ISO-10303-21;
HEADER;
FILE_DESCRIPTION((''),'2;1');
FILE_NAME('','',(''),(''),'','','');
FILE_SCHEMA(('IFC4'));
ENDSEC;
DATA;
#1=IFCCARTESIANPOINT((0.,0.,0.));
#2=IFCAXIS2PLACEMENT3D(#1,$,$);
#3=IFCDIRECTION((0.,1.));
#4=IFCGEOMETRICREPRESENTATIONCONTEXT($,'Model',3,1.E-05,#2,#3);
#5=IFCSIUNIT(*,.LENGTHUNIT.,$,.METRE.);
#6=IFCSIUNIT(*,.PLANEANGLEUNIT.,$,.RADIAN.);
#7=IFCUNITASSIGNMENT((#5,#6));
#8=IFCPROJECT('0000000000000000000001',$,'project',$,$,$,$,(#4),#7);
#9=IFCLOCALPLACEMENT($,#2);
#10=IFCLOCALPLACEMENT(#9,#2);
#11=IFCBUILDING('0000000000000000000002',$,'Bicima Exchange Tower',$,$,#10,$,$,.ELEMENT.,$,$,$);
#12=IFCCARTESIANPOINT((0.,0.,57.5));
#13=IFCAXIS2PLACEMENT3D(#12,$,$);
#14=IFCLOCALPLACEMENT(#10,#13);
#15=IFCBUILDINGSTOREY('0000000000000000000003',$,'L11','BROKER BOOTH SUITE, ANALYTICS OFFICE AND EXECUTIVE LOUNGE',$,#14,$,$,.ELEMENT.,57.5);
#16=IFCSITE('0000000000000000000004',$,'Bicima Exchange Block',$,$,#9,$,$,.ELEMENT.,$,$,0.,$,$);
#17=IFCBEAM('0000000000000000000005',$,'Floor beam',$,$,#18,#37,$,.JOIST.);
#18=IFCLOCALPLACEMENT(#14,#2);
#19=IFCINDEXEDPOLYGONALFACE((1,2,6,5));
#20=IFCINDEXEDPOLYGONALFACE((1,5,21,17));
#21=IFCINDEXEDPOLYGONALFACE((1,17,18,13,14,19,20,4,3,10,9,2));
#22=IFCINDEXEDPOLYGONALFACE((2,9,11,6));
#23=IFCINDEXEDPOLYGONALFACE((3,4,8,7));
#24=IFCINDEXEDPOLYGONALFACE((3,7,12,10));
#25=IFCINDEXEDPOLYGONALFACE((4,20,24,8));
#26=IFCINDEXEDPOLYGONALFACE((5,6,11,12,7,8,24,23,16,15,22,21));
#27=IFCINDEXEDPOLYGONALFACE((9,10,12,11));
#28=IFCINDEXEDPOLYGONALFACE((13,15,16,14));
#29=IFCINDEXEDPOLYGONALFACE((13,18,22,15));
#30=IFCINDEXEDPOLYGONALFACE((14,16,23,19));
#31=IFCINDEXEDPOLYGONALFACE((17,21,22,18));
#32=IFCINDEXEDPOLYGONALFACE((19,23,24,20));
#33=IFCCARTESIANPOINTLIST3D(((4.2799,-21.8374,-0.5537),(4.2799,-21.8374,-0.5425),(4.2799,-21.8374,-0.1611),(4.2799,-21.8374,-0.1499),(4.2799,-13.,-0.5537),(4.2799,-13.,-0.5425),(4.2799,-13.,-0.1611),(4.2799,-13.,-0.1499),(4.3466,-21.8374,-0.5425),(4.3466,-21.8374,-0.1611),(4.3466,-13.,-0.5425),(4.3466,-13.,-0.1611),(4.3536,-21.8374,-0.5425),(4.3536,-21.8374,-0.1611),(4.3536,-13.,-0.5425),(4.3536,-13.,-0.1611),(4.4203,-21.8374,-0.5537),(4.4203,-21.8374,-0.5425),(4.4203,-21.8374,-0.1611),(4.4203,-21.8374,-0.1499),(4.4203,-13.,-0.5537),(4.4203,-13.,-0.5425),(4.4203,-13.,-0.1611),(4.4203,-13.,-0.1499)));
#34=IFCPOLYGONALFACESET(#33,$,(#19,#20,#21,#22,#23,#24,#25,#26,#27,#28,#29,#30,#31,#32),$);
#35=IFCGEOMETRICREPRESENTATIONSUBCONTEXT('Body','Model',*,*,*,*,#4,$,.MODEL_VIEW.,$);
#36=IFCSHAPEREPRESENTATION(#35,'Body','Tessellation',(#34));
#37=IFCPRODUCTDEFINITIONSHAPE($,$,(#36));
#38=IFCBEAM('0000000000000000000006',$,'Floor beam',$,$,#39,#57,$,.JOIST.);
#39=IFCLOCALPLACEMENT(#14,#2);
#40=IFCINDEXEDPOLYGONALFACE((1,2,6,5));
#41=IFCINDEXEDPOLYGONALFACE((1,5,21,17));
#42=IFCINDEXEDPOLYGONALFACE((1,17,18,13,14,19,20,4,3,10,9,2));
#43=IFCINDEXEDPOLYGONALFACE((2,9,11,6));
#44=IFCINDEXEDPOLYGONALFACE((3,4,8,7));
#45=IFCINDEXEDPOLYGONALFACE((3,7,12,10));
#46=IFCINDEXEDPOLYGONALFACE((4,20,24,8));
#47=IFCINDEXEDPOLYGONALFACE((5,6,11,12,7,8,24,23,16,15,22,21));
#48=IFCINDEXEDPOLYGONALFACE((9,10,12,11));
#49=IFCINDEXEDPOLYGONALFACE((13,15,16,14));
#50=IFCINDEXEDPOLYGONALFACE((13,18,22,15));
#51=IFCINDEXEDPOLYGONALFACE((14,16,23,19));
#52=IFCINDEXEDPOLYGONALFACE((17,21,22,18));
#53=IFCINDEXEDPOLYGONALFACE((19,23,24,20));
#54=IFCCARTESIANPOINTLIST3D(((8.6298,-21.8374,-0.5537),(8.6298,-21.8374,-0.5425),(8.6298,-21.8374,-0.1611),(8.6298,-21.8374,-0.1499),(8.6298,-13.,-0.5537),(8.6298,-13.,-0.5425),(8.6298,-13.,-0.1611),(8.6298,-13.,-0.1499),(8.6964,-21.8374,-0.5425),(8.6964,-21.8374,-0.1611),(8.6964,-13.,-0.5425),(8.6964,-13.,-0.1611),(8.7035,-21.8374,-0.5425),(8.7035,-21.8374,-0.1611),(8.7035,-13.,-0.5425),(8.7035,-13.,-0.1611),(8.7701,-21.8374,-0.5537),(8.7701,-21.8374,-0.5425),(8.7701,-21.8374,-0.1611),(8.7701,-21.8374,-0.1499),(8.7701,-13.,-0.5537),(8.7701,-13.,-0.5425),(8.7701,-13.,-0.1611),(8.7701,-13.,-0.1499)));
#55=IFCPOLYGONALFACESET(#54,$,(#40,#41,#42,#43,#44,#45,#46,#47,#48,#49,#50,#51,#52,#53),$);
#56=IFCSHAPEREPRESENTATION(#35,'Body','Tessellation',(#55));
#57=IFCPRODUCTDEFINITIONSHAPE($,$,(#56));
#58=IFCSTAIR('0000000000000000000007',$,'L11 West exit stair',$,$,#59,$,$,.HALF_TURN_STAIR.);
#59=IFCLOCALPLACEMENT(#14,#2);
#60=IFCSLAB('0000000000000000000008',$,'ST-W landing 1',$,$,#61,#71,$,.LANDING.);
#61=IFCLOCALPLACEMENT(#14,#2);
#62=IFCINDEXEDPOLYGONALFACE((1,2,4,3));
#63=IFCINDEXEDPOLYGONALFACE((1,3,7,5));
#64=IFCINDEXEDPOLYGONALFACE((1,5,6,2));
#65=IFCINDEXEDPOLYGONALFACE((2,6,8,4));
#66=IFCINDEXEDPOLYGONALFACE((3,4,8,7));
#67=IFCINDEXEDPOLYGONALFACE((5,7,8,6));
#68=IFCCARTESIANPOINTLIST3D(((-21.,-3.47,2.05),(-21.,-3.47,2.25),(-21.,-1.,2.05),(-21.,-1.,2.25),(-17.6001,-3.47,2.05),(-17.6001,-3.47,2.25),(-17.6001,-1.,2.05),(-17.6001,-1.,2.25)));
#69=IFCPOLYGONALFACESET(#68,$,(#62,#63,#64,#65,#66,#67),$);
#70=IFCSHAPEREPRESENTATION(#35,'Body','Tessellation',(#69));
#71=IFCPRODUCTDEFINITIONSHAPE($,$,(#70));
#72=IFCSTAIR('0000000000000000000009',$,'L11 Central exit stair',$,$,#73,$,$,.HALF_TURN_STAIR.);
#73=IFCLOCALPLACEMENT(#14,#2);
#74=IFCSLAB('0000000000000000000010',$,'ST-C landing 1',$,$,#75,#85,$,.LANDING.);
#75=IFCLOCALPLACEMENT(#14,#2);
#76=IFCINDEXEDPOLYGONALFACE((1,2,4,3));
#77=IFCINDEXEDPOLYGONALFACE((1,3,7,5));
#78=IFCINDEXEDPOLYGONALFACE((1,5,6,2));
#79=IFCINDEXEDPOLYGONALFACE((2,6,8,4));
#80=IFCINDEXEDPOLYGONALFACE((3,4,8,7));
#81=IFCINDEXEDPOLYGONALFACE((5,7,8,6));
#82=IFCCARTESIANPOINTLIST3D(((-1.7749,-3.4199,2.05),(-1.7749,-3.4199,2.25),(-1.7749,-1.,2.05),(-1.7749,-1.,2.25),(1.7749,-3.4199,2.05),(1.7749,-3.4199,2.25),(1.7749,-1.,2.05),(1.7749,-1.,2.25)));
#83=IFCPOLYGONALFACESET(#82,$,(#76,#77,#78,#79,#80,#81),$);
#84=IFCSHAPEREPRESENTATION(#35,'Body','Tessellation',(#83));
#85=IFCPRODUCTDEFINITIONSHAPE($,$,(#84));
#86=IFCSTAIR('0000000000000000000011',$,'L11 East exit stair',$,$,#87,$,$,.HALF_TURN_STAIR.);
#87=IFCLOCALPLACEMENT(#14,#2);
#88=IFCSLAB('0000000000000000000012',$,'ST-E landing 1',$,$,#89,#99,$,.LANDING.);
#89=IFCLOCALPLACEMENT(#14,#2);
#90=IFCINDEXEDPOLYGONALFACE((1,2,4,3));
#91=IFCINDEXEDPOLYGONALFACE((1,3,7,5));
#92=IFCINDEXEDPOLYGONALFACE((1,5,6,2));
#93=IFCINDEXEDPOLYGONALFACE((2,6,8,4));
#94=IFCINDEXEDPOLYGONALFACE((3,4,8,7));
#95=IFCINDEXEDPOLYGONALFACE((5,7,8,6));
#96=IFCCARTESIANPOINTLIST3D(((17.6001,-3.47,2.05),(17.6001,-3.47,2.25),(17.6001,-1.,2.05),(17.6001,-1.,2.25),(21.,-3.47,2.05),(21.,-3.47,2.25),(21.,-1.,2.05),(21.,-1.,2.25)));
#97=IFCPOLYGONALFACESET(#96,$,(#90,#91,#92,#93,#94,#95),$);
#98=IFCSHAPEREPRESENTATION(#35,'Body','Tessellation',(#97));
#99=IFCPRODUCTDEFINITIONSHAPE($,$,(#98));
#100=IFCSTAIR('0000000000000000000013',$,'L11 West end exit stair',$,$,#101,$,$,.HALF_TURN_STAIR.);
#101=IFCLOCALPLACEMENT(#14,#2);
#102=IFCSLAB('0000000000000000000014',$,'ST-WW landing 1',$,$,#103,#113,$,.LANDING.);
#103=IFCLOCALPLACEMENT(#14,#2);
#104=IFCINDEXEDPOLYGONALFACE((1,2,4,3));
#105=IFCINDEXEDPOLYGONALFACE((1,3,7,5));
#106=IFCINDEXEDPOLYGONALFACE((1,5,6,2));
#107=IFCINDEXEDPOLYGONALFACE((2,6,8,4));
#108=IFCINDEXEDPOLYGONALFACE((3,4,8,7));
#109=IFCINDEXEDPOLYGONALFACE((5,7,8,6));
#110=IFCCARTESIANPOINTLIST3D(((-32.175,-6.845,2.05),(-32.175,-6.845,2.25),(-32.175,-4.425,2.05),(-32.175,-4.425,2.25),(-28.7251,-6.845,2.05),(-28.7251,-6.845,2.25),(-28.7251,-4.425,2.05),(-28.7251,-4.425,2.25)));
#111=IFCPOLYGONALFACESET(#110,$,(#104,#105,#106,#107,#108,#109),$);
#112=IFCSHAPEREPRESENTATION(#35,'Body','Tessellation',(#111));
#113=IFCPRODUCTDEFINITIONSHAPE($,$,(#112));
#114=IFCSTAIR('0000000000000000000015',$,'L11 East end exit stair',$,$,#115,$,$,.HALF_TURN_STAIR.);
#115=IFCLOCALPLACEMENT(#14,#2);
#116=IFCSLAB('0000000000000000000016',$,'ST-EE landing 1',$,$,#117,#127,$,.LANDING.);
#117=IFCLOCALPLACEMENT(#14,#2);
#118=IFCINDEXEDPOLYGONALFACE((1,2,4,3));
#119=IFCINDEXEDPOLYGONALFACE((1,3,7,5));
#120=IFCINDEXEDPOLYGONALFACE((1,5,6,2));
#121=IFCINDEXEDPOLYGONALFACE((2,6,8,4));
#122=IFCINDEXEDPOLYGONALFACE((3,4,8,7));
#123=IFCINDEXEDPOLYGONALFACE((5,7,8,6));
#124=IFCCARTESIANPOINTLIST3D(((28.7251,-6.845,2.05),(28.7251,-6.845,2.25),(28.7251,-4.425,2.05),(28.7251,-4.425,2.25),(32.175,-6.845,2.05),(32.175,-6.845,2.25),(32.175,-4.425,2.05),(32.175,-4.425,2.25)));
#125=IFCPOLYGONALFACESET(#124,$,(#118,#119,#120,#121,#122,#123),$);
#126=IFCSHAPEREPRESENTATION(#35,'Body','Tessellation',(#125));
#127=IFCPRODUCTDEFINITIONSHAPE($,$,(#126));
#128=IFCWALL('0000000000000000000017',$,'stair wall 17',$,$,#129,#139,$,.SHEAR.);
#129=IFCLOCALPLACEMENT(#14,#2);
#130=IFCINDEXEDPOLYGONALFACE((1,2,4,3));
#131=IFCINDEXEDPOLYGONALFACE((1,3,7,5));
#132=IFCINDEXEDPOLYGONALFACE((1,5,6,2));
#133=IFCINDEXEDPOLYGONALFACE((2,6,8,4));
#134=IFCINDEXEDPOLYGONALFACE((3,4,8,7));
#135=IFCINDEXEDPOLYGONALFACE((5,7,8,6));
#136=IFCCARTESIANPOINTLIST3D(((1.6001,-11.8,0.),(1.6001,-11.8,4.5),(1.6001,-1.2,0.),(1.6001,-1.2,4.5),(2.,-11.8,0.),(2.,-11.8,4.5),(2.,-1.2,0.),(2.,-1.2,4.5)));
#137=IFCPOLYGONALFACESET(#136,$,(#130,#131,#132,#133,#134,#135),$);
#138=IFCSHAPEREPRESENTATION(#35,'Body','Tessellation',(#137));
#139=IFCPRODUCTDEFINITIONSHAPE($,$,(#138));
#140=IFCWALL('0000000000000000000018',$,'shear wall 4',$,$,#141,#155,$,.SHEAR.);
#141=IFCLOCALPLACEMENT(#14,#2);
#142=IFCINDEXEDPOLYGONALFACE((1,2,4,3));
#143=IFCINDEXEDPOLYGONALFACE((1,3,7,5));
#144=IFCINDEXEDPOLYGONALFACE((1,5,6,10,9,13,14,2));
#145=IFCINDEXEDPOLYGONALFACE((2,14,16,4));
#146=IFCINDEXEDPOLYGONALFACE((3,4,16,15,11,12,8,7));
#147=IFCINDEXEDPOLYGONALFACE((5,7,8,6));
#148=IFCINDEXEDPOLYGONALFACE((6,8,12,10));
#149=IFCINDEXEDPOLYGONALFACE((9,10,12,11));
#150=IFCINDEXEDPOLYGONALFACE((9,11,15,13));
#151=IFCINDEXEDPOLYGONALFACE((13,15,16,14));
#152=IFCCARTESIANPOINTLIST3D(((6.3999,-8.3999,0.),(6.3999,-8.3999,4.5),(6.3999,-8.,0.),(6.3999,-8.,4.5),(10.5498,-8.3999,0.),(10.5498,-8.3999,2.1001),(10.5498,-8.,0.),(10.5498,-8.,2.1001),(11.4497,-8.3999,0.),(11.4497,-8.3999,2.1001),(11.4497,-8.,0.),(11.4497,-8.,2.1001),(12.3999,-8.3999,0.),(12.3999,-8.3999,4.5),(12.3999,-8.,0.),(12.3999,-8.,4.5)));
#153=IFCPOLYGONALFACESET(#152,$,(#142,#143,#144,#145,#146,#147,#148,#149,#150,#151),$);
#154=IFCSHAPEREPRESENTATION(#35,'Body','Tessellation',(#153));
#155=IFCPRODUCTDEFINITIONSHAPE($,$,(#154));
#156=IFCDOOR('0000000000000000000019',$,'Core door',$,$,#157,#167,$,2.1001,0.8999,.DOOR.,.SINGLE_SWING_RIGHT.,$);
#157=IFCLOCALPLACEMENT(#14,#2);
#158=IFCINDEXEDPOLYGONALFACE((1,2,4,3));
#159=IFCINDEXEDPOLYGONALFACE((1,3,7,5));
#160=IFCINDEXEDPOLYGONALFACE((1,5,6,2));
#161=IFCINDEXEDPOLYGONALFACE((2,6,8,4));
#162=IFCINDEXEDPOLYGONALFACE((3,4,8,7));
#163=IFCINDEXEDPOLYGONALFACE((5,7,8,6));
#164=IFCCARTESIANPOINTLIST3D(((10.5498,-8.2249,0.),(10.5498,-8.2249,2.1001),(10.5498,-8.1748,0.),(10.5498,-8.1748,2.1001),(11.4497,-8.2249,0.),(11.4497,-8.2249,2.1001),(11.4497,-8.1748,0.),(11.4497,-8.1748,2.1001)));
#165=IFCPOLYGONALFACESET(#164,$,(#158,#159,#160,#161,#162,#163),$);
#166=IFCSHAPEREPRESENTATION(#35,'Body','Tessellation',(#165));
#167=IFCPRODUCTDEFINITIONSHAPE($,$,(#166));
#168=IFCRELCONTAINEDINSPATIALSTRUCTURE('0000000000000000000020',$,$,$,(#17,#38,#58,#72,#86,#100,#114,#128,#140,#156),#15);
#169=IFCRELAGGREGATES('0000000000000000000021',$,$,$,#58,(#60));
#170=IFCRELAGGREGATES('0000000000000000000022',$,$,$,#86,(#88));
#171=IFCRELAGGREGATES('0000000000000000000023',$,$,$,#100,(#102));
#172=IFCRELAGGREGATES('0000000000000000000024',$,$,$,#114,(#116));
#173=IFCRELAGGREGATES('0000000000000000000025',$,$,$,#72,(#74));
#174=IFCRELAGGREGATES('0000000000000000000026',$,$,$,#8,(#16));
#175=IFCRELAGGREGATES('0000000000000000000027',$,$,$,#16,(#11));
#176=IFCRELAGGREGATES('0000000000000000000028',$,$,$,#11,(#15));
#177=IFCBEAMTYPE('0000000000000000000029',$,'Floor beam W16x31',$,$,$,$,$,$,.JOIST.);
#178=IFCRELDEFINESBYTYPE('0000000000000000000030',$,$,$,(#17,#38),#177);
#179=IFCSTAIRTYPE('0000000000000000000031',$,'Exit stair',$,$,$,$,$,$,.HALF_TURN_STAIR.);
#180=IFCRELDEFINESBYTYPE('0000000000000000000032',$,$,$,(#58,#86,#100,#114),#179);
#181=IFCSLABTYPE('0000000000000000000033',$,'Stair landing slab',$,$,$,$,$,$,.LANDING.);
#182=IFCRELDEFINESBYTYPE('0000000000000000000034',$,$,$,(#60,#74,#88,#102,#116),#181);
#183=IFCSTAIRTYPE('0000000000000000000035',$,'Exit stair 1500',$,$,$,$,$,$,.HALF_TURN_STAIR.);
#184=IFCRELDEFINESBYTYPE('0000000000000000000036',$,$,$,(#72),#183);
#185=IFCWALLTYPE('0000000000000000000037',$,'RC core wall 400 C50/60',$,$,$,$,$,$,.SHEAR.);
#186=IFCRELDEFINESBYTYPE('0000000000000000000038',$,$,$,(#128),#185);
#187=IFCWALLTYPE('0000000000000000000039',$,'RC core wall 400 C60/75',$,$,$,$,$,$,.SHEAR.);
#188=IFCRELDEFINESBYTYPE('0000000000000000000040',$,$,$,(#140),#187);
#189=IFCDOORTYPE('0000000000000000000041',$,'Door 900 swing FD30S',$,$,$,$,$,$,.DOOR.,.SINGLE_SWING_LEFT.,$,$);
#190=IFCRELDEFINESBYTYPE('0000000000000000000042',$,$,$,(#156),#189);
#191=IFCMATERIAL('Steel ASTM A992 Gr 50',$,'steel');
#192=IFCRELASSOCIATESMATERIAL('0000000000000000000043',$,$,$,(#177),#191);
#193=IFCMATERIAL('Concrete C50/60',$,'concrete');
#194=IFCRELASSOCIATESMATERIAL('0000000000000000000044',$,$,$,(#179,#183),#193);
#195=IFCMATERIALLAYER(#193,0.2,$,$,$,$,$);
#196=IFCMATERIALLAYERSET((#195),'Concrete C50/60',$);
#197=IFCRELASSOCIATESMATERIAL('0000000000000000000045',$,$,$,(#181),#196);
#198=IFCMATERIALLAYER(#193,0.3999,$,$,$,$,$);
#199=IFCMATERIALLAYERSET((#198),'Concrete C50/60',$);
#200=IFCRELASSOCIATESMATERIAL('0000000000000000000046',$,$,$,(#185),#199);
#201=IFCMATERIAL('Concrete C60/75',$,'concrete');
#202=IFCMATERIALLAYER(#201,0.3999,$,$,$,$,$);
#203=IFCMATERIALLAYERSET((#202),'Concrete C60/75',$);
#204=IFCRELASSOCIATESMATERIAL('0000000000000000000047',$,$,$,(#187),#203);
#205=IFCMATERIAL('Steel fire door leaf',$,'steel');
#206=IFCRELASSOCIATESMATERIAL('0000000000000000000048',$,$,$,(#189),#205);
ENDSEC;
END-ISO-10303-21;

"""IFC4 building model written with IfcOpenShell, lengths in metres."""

from ifc_helpers import new_model, si_unit, direction, frame, frame_2d, origin, origin_2d, place, context, subcontext, project, spatial, polyline, rectangle, i_section, outline, extrude, material, layer, layer_set, material_profile, profile_set, type_object, element, fill, aggregate, save


model = new_model("IFC4")

# Units and contexts
model_context = context("Model", 3, precision=1e-05, world=origin(), true_north=direction((0.0, 1.0)))
body_context = subcontext(model_context, "Body", "Model", "MODEL_VIEW")
ifc_project = project(units=[si_unit("LENGTHUNIT", "METRE"), si_unit("PLANEANGLEUNIT", "RADIAN")], contexts=[model_context])

# Site, building, storey
site_placement = place(None, origin())
site = spatial("IfcSite", under=ifc_project, at=site_placement, Name="Bicima Exchange Block", CompositionType="ELEMENT", RefElevation=0.0)
building_placement = place(site_placement, origin())
building = spatial("IfcBuilding", under=site, at=building_placement, Name="Bicima Exchange Tower", CompositionType="ELEMENT")
storey_placement = place(building_placement, frame((0.0, 0.0, 57.5)))
storey = spatial("IfcBuildingStorey", under=building, at=storey_placement, Name="L11", Description="BROKER BOOTH SUITE, ANALYTICS OFFICE AND EXECUTIVE LOUNGE", CompositionType="ELEMENT", Elevation=57.5)

# Beams
ifc_material_1 = material(Name="Steel ASTM A992 Gr 50", Category="steel")
ifc_material_profile = material_profile(ifc_material_1, i_section(OverallWidth=0.1404, OverallDepth=0.4038, WebThickness=0.0071, FlangeThickness=0.0112, at=origin_2d()))
ifc_profile_set = profile_set([ifc_material_profile], Name="Steel ASTM A992 Gr 50")
beam_type = type_object("IfcBeamType", Name="Floor beam W16x31", PredefinedType="JOIST", material=ifc_profile_set)
for number, where, z_axis, x_axis, name in (
    (1, (4.3501, -13.0, -0.3518), (0.0, -1.0, 0.0), (1.0, 0.0, 0.0), "Floor beam"),
    (2, (8.7, -13.0, -0.3518), (0.0, -1.0, 0.0), (1.0, 0.0, 0.0), "Floor beam"),
):
    element("IfcBeam", number, at=place(storey_placement, frame(where, z_axis=z_axis, x_axis=x_axis)), inside=storey, type_object=beam_type, Name=name, PredefinedType="JOIST", context=body_context, shape_type="SweptSolid", body=[
        extrude(i_section(OverallWidth=0.1404, OverallDepth=0.4038, WebThickness=0.0071, FlangeThickness=0.0112, at=origin_2d()), origin(), (0.0, 0.0, 1.0), 8.8374),
    ])

# Stairs, slabs
ifc_material_2 = material(Name="Concrete C50/60", Category="concrete")
stair_type_1 = type_object("IfcStairType", Name="Exit stair", PredefinedType="HALF_TURN_STAIR", material=ifc_material_2)
stair_1_placement = place(storey_placement, origin())
stair_1 = element("IfcStair", 3, at=stair_1_placement, inside=storey, type_object=stair_type_1, Name="L11 West exit stair", PredefinedType="HALF_TURN_STAIR")
ifc_layer_1 = layer(ifc_material_2, 0.2)
ifc_layer_set_1 = layer_set([ifc_layer_1], Name="Concrete C50/60")
slab_type = type_object("IfcSlabType", Name="Stair landing slab", PredefinedType="LANDING", material=ifc_layer_set_1)
slab_1_placement = place(storey_placement, frame((0.0, 0.0, 2.05)))
slab_1 = element("IfcSlab", 4, at=slab_1_placement, type_object=slab_type, Name="ST-W landing 1", PredefinedType="LANDING", context=body_context, shape_type="SweptSolid", body=[
    extrude(outline(polyline([(-17.6001, -3.47), (-17.6001, -1.0), (-21.0, -1.0), (-21.0, -3.47), (-17.6001, -3.47)])), origin(), (0.0, 0.0, 1.0), 0.2),
])
aggregate(stair_1, [slab_1])
stair_type_2 = type_object("IfcStairType", Name="Exit stair 1500", PredefinedType="HALF_TURN_STAIR", material=ifc_material_2)
stair_2_placement = place(storey_placement, origin())
stair_2 = element("IfcStair", 5, at=stair_2_placement, inside=storey, type_object=stair_type_2, Name="L11 Central exit stair", PredefinedType="HALF_TURN_STAIR")
slab_2_placement = place(storey_placement, frame((0.0, 0.0, 2.05)))
slab_2 = element("IfcSlab", 6, at=slab_2_placement, type_object=slab_type, Name="ST-C landing 1", PredefinedType="LANDING", context=body_context, shape_type="SweptSolid", body=[
    extrude(outline(polyline([(1.7749, -3.4199), (1.7749, -1.0), (-1.7749, -1.0), (-1.7749, -3.4199), (1.7749, -3.4199)])), origin(), (0.0, 0.0, 1.0), 0.2),
])
stair_3_placement = place(storey_placement, origin())
stair_3 = element("IfcStair", 7, at=stair_3_placement, inside=storey, type_object=stair_type_1, Name="L11 East exit stair", PredefinedType="HALF_TURN_STAIR")
slab_3_placement = place(storey_placement, frame((0.0, 0.0, 2.05)))
slab_3 = element("IfcSlab", 8, at=slab_3_placement, type_object=slab_type, Name="ST-E landing 1", PredefinedType="LANDING", context=body_context, shape_type="SweptSolid", body=[
    extrude(outline(polyline([(21.0, -3.47), (21.0, -1.0), (17.6001, -1.0), (17.6001, -3.47), (21.0, -3.47)])), origin(), (0.0, 0.0, 1.0), 0.2),
])
aggregate(stair_3, [slab_3])
stair_4_placement = place(storey_placement, origin())
stair_4 = element("IfcStair", 9, at=stair_4_placement, inside=storey, type_object=stair_type_1, Name="L11 West end exit stair", PredefinedType="HALF_TURN_STAIR")
slab_4_placement = place(storey_placement, frame((0.0, 0.0, 2.05)))
slab_4 = element("IfcSlab", 10, at=slab_4_placement, type_object=slab_type, Name="ST-WW landing 1", PredefinedType="LANDING", context=body_context, shape_type="SweptSolid", body=[
    extrude(outline(polyline([(-28.7251, -6.845), (-28.7251, -4.425), (-32.175, -4.425), (-32.175, -6.845), (-28.7251, -6.845)])), origin(), (0.0, 0.0, 1.0), 0.2),
])
aggregate(stair_4, [slab_4])
stair_5_placement = place(storey_placement, origin())
stair_5 = element("IfcStair", 11, at=stair_5_placement, inside=storey, type_object=stair_type_1, Name="L11 East end exit stair", PredefinedType="HALF_TURN_STAIR")
slab_5_placement = place(storey_placement, frame((0.0, 0.0, 2.05)))
slab_5 = element("IfcSlab", 12, at=slab_5_placement, type_object=slab_type, Name="ST-EE landing 1", PredefinedType="LANDING", context=body_context, shape_type="SweptSolid", body=[
    extrude(outline(polyline([(32.175, -6.845), (32.175, -4.425), (28.7251, -4.425), (28.7251, -6.845), (32.175, -6.845)])), origin(), (0.0, 0.0, 1.0), 0.2),
])
aggregate(stair_5, [slab_5])

# Wall
ifc_layer_2 = layer(ifc_material_2, 0.3999)
ifc_layer_set_2 = layer_set([ifc_layer_2], Name="Concrete C50/60")
wall_type_1 = type_object("IfcWallType", Name="RC core wall 400 C50/60", PredefinedType="SHEAR", material=ifc_layer_set_2)
wall_1_placement = place(storey_placement, frame((1.8, -11.8, 0.0), z_axis=(0.0, 0.0, 1.0), x_axis=(0.0, 1.0, 0.0)))
element("IfcWall", 13, at=wall_1_placement, inside=storey, type_object=wall_type_1, Name="stair wall 17", PredefinedType="SHEAR", context=body_context, shape_type="SweptSolid", body=[
    extrude(rectangle(XDim=10.6001, YDim=0.3999, at=frame_2d((5.3, 0.0))), origin(), (0.0, 0.0, 1.0), 4.5),
])

# Wall, opening, door
ifc_material_3 = material(Name="Concrete C60/75", Category="concrete")
ifc_layer_3 = layer(ifc_material_3, 0.3999)
ifc_layer_set_3 = layer_set([ifc_layer_3], Name="Concrete C60/75")
wall_type_2 = type_object("IfcWallType", Name="RC core wall 400 C60/75", PredefinedType="SHEAR", material=ifc_layer_set_3)
wall_2_placement = place(storey_placement, frame((6.3999, -8.2, 0.0), z_axis=(0.0, 0.0, 1.0), x_axis=(1.0, 0.0, 0.0)))
wall_2 = element("IfcWall", 14, at=wall_2_placement, inside=storey, type_object=wall_type_2, Name="shear wall 4", PredefinedType="SHEAR", context=body_context, shape_type="SweptSolid", body=[
    extrude(rectangle(XDim=6.0, YDim=0.3999, at=frame_2d((3.0, 0.0))), origin(), (0.0, 0.0, 1.0), 4.5),
])
opening_1_placement = place(wall_2_placement, frame((4.1499, 0.0, 0.0)))
opening_1 = element("IfcOpeningElement", 15, at=opening_1_placement, cuts=wall_2, PredefinedType="OPENING", context=body_context, shape_type="SweptSolid", body=[
    extrude(rectangle(XDim=0.8999, YDim=2.1001, at=frame_2d((0.45, 1.05))), frame((0.0, 0.2119, 0.0), z_axis=(0.0, -1.0, 0.0), x_axis=(1.0, 0.0, 0.0)), (0.0, 0.0, 1.0), 0.4238),
])
ifc_material_4 = material(Name="Steel fire door leaf", Category="steel")
door_type_1 = type_object("IfcDoorType", Name="Door 900 swing FD30S", OperationType="SINGLE_SWING_LEFT", PredefinedType="DOOR", material=ifc_material_4)
door_1_placement = place(opening_1_placement, frame((0.8999, 0.0, 0.0), z_axis=(0.0, 0.0, 1.0), x_axis=(-1.0, 0.0, 0.0)))
door_1 = element("IfcDoor", 16, at=door_1_placement, inside=storey, type_object=door_type_1, Name="Core door", OperationType="SINGLE_SWING_RIGHT", OverallHeight=2.1001, OverallWidth=0.8999, PredefinedType="DOOR", context=body_context, shape_type="SweptSolid", body=[
    extrude(rectangle(XDim=0.8999, YDim=2.1001, at=frame_2d((0.45, 1.05))), frame((0.0, 0.0249, 0.0), z_axis=(0.0, -1.0, 0.0), x_axis=(1.0, 0.0, 0.0)), (0.0, 0.0, 1.0), 0.05),
])
fill(opening_1, door_1)

aggregate(stair_2, [slab_2])

save(model, "model.ifc")
